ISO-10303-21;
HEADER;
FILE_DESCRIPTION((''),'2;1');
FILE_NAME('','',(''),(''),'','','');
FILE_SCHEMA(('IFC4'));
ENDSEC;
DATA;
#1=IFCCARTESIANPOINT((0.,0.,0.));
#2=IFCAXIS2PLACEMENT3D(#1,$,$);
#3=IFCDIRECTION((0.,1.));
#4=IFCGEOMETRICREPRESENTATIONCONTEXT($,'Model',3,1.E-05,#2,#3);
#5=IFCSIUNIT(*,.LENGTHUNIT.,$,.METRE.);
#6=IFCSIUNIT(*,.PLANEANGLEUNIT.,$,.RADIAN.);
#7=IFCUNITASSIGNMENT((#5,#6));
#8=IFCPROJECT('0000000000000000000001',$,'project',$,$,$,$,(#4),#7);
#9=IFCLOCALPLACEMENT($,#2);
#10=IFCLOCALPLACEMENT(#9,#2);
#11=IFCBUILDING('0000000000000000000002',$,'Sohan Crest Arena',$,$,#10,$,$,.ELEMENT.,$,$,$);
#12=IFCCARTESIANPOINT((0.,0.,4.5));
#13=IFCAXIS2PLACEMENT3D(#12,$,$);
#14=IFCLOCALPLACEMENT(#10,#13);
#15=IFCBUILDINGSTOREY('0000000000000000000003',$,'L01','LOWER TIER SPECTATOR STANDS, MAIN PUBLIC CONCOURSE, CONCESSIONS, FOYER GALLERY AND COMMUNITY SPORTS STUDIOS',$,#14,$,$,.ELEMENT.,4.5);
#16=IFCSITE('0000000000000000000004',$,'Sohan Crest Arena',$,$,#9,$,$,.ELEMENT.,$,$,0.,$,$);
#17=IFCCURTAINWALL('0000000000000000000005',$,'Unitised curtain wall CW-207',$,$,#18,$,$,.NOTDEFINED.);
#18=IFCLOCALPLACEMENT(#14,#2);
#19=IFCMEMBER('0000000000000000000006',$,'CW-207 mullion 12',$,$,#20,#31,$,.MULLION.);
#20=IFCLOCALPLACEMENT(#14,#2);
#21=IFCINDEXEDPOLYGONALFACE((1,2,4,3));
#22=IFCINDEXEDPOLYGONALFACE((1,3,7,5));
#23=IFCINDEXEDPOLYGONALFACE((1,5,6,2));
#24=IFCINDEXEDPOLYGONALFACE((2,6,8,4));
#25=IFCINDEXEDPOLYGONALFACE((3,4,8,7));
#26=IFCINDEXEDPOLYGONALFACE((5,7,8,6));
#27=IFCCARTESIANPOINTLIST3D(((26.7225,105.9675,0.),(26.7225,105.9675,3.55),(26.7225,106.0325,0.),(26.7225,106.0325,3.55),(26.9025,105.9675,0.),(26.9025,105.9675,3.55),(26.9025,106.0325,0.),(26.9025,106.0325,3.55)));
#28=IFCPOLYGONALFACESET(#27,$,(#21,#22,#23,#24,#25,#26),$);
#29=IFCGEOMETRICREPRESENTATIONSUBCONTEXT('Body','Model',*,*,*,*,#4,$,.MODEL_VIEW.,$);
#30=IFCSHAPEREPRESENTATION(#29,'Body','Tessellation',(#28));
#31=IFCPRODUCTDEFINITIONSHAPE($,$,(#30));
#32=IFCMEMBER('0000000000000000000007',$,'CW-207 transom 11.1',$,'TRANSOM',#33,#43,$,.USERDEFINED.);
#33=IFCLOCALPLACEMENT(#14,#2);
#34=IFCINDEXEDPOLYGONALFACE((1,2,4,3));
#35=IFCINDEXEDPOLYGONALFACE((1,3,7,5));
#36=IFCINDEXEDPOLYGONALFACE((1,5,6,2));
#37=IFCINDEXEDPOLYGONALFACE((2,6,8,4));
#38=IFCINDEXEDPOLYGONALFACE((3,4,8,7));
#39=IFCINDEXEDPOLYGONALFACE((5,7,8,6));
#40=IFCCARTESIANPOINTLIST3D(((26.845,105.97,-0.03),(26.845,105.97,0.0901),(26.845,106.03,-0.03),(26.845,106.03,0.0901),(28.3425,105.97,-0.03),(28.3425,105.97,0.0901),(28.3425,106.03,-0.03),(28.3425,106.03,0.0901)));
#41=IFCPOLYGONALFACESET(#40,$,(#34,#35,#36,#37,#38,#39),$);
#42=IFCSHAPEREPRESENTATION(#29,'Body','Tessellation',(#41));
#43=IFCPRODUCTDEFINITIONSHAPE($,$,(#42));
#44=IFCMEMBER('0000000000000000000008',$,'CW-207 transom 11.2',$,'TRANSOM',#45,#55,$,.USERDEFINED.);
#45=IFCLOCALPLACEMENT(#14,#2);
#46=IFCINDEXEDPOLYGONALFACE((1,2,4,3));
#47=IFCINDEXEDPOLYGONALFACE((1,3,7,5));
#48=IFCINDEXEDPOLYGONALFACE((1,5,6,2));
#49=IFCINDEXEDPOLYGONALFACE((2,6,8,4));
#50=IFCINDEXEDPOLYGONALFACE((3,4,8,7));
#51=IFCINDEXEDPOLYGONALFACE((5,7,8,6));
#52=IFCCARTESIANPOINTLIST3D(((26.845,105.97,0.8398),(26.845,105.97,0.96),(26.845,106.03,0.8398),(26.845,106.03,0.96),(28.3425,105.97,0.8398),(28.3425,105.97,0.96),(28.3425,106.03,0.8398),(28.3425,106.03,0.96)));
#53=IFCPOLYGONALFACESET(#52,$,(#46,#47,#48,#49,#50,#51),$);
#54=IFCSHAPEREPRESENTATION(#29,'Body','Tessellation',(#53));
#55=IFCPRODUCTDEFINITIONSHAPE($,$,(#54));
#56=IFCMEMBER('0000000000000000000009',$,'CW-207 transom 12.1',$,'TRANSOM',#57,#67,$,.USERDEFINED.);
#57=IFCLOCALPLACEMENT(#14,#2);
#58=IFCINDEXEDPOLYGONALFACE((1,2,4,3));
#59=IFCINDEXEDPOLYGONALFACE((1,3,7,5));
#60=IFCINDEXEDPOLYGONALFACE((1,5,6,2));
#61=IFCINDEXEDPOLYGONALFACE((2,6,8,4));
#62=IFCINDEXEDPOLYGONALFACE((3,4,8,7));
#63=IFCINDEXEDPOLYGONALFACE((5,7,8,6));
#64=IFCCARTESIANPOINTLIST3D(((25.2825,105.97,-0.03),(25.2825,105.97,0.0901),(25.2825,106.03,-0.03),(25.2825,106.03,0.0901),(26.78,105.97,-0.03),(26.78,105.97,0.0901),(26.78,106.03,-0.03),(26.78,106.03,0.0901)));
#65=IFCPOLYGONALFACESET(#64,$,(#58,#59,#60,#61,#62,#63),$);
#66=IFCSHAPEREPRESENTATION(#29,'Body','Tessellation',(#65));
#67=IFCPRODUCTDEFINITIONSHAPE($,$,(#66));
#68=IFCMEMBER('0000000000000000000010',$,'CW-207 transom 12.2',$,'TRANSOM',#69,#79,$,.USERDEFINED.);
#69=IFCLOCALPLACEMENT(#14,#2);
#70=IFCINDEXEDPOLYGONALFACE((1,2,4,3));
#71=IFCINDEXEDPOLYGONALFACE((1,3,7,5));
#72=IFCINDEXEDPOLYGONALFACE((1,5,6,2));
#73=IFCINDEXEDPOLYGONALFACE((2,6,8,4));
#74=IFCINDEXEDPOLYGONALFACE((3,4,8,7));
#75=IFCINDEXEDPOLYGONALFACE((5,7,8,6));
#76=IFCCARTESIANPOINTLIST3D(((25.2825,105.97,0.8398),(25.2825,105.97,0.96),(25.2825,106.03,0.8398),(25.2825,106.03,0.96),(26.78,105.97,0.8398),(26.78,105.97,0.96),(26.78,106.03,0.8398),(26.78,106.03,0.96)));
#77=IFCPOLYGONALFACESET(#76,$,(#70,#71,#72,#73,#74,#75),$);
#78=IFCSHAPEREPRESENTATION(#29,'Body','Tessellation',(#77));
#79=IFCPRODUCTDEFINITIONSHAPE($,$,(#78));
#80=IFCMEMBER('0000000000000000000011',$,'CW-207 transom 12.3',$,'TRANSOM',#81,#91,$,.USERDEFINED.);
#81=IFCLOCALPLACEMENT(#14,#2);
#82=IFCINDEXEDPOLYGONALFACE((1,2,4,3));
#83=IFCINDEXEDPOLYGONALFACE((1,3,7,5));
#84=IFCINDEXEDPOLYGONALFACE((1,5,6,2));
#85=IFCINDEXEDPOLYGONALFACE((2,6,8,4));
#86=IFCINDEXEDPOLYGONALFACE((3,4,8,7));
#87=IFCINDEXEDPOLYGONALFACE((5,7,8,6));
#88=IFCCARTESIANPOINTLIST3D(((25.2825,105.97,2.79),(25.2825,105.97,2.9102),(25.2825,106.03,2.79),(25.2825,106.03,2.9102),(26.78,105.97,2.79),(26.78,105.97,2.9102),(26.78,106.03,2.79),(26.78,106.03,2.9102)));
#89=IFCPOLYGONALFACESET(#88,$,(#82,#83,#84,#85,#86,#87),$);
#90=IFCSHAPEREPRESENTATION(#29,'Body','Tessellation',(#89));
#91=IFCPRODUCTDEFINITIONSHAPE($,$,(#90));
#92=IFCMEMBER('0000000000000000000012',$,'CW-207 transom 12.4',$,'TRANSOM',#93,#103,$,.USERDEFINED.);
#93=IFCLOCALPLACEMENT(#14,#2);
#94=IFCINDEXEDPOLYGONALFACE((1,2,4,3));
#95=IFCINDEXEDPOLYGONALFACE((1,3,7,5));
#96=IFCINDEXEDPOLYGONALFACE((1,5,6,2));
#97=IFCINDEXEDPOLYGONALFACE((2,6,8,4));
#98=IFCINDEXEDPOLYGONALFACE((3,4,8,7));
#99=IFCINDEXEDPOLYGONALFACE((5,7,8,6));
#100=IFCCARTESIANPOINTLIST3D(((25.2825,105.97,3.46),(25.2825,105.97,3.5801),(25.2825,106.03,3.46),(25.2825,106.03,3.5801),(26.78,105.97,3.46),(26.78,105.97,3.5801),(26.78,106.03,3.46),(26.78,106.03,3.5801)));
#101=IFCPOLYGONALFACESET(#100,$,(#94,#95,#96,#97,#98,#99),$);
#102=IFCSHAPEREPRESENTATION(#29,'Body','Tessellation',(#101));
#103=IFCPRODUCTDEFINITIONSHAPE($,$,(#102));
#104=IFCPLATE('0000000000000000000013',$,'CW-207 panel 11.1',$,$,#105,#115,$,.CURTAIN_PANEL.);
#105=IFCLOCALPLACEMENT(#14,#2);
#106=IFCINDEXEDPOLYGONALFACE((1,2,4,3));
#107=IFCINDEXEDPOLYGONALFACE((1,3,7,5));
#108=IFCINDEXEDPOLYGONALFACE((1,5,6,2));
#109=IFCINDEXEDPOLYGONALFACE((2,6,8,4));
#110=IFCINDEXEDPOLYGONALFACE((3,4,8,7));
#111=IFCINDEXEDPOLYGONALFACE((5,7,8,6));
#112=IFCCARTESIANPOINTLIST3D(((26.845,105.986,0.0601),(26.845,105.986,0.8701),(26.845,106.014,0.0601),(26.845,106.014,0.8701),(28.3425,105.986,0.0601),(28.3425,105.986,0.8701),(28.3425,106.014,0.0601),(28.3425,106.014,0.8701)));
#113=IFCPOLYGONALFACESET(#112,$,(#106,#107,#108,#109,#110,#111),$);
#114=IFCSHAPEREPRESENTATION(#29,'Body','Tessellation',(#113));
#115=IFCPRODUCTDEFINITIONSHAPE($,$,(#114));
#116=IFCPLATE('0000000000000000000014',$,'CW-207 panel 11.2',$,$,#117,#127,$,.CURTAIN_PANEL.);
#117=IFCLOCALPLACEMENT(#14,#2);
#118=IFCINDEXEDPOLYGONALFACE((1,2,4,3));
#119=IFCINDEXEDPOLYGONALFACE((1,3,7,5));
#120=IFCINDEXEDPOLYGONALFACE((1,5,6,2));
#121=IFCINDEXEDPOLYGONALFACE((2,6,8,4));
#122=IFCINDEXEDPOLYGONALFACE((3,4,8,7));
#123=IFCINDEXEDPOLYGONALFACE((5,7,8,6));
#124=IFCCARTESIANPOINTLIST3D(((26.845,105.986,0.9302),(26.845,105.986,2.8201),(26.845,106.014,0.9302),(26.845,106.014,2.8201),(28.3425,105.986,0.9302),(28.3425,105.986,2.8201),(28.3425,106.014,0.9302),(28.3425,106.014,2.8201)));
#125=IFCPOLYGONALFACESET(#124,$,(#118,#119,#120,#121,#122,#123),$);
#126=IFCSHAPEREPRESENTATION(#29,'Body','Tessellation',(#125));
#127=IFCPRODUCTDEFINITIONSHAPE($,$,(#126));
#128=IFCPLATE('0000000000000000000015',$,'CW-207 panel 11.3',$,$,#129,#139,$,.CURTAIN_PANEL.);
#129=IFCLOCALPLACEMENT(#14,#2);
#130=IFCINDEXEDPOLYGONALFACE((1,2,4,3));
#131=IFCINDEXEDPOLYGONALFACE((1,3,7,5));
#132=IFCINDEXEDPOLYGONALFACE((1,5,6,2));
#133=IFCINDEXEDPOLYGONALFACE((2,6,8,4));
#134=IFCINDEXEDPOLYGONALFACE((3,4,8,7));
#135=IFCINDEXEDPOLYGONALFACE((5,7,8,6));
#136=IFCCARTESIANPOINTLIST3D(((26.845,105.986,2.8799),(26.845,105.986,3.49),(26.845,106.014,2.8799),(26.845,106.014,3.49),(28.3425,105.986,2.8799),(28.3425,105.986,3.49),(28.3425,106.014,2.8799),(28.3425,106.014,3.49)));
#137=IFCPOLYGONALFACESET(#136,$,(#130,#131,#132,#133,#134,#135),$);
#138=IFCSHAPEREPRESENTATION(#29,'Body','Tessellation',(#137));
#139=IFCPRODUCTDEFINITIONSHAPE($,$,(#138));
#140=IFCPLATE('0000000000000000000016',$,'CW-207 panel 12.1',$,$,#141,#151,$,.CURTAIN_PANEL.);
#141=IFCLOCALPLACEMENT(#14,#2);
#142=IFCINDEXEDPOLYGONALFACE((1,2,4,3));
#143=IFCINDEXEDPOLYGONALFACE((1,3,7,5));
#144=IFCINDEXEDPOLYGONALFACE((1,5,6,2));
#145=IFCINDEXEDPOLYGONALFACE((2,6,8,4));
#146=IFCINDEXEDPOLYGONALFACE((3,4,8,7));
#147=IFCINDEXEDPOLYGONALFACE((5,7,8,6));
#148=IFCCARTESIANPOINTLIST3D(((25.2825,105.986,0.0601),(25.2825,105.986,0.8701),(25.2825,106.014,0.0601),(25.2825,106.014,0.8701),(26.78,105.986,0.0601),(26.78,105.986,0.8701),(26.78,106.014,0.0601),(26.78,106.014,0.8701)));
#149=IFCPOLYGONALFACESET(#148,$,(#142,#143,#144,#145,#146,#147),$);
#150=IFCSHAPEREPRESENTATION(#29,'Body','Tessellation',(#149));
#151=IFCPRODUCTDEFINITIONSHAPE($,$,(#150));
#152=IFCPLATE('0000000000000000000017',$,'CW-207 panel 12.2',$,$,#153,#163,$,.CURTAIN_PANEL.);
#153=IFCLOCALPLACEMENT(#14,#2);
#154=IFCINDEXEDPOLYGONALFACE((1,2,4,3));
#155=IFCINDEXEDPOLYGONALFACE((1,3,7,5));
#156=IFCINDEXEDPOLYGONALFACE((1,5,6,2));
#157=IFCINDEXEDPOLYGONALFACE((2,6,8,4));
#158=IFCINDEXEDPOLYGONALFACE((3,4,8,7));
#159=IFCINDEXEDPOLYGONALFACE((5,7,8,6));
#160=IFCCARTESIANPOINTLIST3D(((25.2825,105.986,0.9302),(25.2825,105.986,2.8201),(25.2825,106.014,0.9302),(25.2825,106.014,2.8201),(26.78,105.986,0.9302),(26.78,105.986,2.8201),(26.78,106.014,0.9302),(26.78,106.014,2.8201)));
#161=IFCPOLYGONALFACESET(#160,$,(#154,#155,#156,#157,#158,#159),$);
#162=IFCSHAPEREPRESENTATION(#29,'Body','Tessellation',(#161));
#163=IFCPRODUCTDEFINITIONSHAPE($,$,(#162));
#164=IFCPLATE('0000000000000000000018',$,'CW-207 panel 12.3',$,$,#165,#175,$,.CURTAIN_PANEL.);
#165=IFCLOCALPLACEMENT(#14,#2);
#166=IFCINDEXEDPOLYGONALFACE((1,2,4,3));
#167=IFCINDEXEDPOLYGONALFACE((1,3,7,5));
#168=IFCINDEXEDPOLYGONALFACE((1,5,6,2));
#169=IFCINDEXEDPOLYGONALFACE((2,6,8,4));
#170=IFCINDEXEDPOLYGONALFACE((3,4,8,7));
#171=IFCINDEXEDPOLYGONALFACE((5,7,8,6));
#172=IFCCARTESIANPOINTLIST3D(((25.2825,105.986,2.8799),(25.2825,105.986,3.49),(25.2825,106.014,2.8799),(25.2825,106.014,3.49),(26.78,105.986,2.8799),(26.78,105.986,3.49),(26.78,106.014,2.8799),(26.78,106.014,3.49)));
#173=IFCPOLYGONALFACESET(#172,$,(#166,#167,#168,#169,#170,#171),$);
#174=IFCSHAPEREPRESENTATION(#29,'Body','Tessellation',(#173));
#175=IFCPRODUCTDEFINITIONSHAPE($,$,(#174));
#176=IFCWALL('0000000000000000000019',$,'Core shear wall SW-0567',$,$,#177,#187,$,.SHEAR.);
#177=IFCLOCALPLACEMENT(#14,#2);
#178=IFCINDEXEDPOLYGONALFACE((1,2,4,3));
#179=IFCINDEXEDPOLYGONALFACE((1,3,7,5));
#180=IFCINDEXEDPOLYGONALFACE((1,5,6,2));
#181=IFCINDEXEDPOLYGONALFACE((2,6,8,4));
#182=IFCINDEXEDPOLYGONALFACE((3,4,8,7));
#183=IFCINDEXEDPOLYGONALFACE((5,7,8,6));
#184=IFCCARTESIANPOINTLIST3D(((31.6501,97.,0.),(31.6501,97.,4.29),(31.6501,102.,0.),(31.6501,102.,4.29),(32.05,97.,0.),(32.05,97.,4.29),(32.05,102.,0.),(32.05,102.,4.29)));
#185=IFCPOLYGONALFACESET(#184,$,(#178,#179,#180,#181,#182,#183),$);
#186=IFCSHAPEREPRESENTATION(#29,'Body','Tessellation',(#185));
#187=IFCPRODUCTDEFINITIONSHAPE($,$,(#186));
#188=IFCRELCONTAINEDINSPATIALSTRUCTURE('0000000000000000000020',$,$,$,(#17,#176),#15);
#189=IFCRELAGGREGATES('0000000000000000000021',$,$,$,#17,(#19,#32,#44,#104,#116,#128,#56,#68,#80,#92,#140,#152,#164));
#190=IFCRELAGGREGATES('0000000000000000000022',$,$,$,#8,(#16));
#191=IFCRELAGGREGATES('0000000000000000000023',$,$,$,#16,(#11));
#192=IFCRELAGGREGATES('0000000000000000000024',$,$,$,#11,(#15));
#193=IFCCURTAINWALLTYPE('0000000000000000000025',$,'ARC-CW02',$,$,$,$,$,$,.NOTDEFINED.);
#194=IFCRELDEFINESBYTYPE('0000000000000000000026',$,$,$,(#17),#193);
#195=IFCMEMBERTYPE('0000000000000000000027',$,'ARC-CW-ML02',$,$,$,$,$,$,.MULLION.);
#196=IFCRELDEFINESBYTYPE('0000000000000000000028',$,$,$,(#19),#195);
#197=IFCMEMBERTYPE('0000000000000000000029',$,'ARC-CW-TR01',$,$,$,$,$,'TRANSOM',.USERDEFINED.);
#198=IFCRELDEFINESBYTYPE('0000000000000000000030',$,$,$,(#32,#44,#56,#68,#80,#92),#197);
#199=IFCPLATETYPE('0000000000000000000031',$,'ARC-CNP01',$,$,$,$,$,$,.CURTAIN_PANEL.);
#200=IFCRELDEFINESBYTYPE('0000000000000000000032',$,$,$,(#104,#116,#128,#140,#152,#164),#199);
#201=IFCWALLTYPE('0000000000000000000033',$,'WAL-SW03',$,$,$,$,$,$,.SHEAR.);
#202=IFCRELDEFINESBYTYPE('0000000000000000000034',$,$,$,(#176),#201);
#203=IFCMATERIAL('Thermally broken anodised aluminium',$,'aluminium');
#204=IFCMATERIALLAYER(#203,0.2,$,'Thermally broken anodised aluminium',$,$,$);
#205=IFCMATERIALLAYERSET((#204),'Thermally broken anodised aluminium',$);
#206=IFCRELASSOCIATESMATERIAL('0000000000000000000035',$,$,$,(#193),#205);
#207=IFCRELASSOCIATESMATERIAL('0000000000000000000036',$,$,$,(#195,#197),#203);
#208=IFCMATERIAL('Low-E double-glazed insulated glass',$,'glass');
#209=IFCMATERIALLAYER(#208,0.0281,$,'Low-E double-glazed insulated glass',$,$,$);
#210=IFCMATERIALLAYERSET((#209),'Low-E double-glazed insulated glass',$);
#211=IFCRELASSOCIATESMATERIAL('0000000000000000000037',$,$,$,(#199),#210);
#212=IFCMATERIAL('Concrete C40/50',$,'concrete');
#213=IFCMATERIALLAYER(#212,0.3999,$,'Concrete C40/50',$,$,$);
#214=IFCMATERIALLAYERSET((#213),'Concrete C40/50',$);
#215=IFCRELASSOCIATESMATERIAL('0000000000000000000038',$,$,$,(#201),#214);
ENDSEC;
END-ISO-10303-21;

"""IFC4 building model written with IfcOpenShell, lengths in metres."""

from ifc_helpers import new_model, si_unit, direction, frame, frame_2d, origin, origin_2d, place, context, subcontext, project, spatial, rectangle, extrude, material, layer, layer_set, material_profile, profile_set, type_object, element, aggregate, save


model = new_model("IFC4")

# Units and contexts
model_context = context("Model", 3, precision=1e-05, world=origin(), true_north=direction((0.0, 1.0)))
body_context = subcontext(model_context, "Body", "Model", "MODEL_VIEW")
ifc_project = project(units=[si_unit("LENGTHUNIT", "METRE"), si_unit("PLANEANGLEUNIT", "RADIAN")], contexts=[model_context])

# Site, building, storey
site_placement = place(None, origin())
site = spatial("IfcSite", under=ifc_project, at=site_placement, Name="Sohan Crest Arena", CompositionType="ELEMENT", RefElevation=0.0)
building_placement = place(site_placement, origin())
building = spatial("IfcBuilding", under=site, at=building_placement, Name="Sohan Crest Arena", CompositionType="ELEMENT")
storey_placement = place(building_placement, frame((0.0, 0.0, 4.5)))
storey = spatial("IfcBuildingStorey", under=building, at=storey_placement, Name="L01", Description="LOWER TIER SPECTATOR STANDS, MAIN PUBLIC CONCOURSE, CONCESSIONS, FOYER GALLERY AND COMMUNITY SPORTS STUDIOS", CompositionType="ELEMENT", Elevation=4.5)

# Curtain wall, members, plates
ifc_material_1 = material(Name="Thermally broken anodised aluminium", Category="aluminium")
ifc_layer_1 = layer(ifc_material_1, 0.2, Name="Thermally broken anodised aluminium")
ifc_layer_set_1 = layer_set([ifc_layer_1], Name="Thermally broken anodised aluminium")
curtain_wall_type = type_object("IfcCurtainWallType", Name="ARC-CW02", PredefinedType="NOTDEFINED", material=ifc_layer_set_1)
curtain_wall_placement = place(storey_placement, origin())
curtain_wall = element("IfcCurtainWall", 1, at=curtain_wall_placement, inside=storey, type_object=curtain_wall_type, Name="Unitised curtain wall CW-207", PredefinedType="NOTDEFINED")
ifc_material_profile_1 = material_profile(ifc_material_1, rectangle(XDim=0.0649, YDim=0.1799, at=origin_2d()), Name="ALU-MULL 65x180")
ifc_profile_set_1 = profile_set([ifc_material_profile_1], Name="Thermally broken anodised aluminium")
member_type_1 = type_object("IfcMemberType", Name="ARC-CW-ML02", PredefinedType="MULLION", material=ifc_profile_set_1)
member_1_placement = place(storey_placement, frame((26.8125, 106.0, 0.0), z_axis=(0.0, 0.0, 1.0), x_axis=(0.0, -1.0, 0.0)))
member_1 = element("IfcMember", 2, at=member_1_placement, type_object=member_type_1, Name="CW-207 mullion 12", PredefinedType="MULLION", context=body_context, shape_type="SweptSolid", body=[
    extrude(rectangle(XDim=0.0649, YDim=0.1799, at=origin_2d()), origin(), (0.0, 0.0, 1.0), 3.55),
])
ifc_material_profile_2 = material_profile(ifc_material_1, rectangle(XDim=0.0601, YDim=0.1201, at=origin_2d()), Name="ALU-TRAN 60x120")
ifc_profile_set_2 = profile_set([ifc_material_profile_2], Name="Thermally broken anodised aluminium")
member_type_2 = type_object("IfcMemberType", Name="ARC-CW-TR01", ElementType="TRANSOM", PredefinedType="USERDEFINED", material=ifc_profile_set_2)
member_2_placement = place(storey_placement, frame((28.3425, 106.0, 0.03), z_axis=(-1.0, 0.0, 0.0), x_axis=(0.0, -1.0, 0.0)))
member_2 = element("IfcMember", 3, at=member_2_placement, type_object=member_type_2, Name="CW-207 transom 11.1", ObjectType="TRANSOM", PredefinedType="USERDEFINED", context=body_context, shape_type="SweptSolid", body=[
    extrude(rectangle(XDim=0.0601, YDim=0.1201, at=origin_2d()), origin(), (0.0, 0.0, 1.0), 1.4976),
])
member_3_placement = place(storey_placement, frame((28.3425, 106.0, 0.8999), z_axis=(-1.0, 0.0, 0.0), x_axis=(0.0, -1.0, 0.0)))
member_3 = element("IfcMember", 4, at=member_3_placement, type_object=member_type_2, Name="CW-207 transom 11.2", ObjectType="TRANSOM", PredefinedType="USERDEFINED", context=body_context, shape_type="SweptSolid", body=[
    extrude(rectangle(XDim=0.0601, YDim=0.1201, at=origin_2d()), origin(), (0.0, 0.0, 1.0), 1.4976),
])
member_4_placement = place(storey_placement, frame((26.78, 106.0, 0.03), z_axis=(-1.0, 0.0, 0.0), x_axis=(0.0, -1.0, 0.0)))
member_4 = element("IfcMember", 5, at=member_4_placement, type_object=member_type_2, Name="CW-207 transom 12.1", ObjectType="TRANSOM", PredefinedType="USERDEFINED", context=body_context, shape_type="SweptSolid", body=[
    extrude(rectangle(XDim=0.0601, YDim=0.1201, at=origin_2d()), origin(), (0.0, 0.0, 1.0), 1.4976),
])
member_5_placement = place(storey_placement, frame((26.78, 106.0, 0.8999), z_axis=(-1.0, 0.0, 0.0), x_axis=(0.0, -1.0, 0.0)))
member_5 = element("IfcMember", 6, at=member_5_placement, type_object=member_type_2, Name="CW-207 transom 12.2", ObjectType="TRANSOM", PredefinedType="USERDEFINED", context=body_context, shape_type="SweptSolid", body=[
    extrude(rectangle(XDim=0.0601, YDim=0.1201, at=origin_2d()), origin(), (0.0, 0.0, 1.0), 1.4976),
])
member_6_placement = place(storey_placement, frame((26.78, 106.0, 2.8501), z_axis=(-1.0, 0.0, 0.0), x_axis=(0.0, -1.0, 0.0)))
member_6 = element("IfcMember", 7, at=member_6_placement, type_object=member_type_2, Name="CW-207 transom 12.3", ObjectType="TRANSOM", PredefinedType="USERDEFINED", context=body_context, shape_type="SweptSolid", body=[
    extrude(rectangle(XDim=0.0601, YDim=0.1201, at=origin_2d()), origin(), (0.0, 0.0, 1.0), 1.4976),
])
member_7_placement = place(storey_placement, frame((26.78, 106.0, 3.52), z_axis=(-1.0, 0.0, 0.0), x_axis=(0.0, -1.0, 0.0)))
member_7 = element("IfcMember", 8, at=member_7_placement, type_object=member_type_2, Name="CW-207 transom 12.4", ObjectType="TRANSOM", PredefinedType="USERDEFINED", context=body_context, shape_type="SweptSolid", body=[
    extrude(rectangle(XDim=0.0601, YDim=0.1201, at=origin_2d()), origin(), (0.0, 0.0, 1.0), 1.4976),
])
ifc_material_2 = material(Name="Low-E double-glazed insulated glass", Category="glass")
ifc_layer_2 = layer(ifc_material_2, 0.0281, Name="Low-E double-glazed insulated glass")
ifc_layer_set_2 = layer_set([ifc_layer_2], Name="Low-E double-glazed insulated glass")
plate_type = type_object("IfcPlateType", Name="ARC-CNP01", PredefinedType="CURTAIN_PANEL", material=ifc_layer_set_2)
plate_1_placement = place(storey_placement, frame((27.5938, 106.0, 0.0601), z_axis=(0.0, 0.0, 1.0), x_axis=(-1.0, 0.0, 0.0)))
plate_1 = element("IfcPlate", 9, at=plate_1_placement, type_object=plate_type, Name="CW-207 panel 11.1", PredefinedType="CURTAIN_PANEL", context=body_context, shape_type="SweptSolid", body=[
    extrude(rectangle(XDim=1.4976, YDim=0.0281, at=origin_2d()), origin(), (0.0, 0.0, 1.0), 0.8101),
])
plate_2_placement = place(storey_placement, frame((27.5938, 106.0, 0.9302), z_axis=(0.0, 0.0, 1.0), x_axis=(-1.0, 0.0, 0.0)))
plate_2 = element("IfcPlate", 10, at=plate_2_placement, type_object=plate_type, Name="CW-207 panel 11.2", PredefinedType="CURTAIN_PANEL", context=body_context, shape_type="SweptSolid", body=[
    extrude(rectangle(XDim=1.4976, YDim=0.0281, at=origin_2d()), origin(), (0.0, 0.0, 1.0), 1.8899),
])
plate_3_placement = place(storey_placement, frame((27.5938, 106.0, 2.8799), z_axis=(0.0, 0.0, 1.0), x_axis=(-1.0, 0.0, 0.0)))
plate_3 = element("IfcPlate", 11, at=plate_3_placement, type_object=plate_type, Name="CW-207 panel 11.3", PredefinedType="CURTAIN_PANEL", context=body_context, shape_type="SweptSolid", body=[
    extrude(rectangle(XDim=1.4976, YDim=0.0281, at=origin_2d()), origin(), (0.0, 0.0, 1.0), 0.6101),
])
plate_4_placement = place(storey_placement, frame((26.0312, 106.0, 0.0601), z_axis=(0.0, 0.0, 1.0), x_axis=(-1.0, 0.0, 0.0)))
plate_4 = element("IfcPlate", 12, at=plate_4_placement, type_object=plate_type, Name="CW-207 panel 12.1", PredefinedType="CURTAIN_PANEL", context=body_context, shape_type="SweptSolid", body=[
    extrude(rectangle(XDim=1.4976, YDim=0.0281, at=origin_2d()), origin(), (0.0, 0.0, 1.0), 0.8101),
])
plate_5_placement = place(storey_placement, frame((26.0312, 106.0, 0.9302), z_axis=(0.0, 0.0, 1.0), x_axis=(-1.0, 0.0, 0.0)))
plate_5 = element("IfcPlate", 13, at=plate_5_placement, type_object=plate_type, Name="CW-207 panel 12.2", PredefinedType="CURTAIN_PANEL", context=body_context, shape_type="SweptSolid", body=[
    extrude(rectangle(XDim=1.4976, YDim=0.0281, at=origin_2d()), origin(), (0.0, 0.0, 1.0), 1.8899),
])
plate_6_placement = place(storey_placement, frame((26.0312, 106.0, 2.8799), z_axis=(0.0, 0.0, 1.0), x_axis=(-1.0, 0.0, 0.0)))
plate_6 = element("IfcPlate", 14, at=plate_6_placement, type_object=plate_type, Name="CW-207 panel 12.3", PredefinedType="CURTAIN_PANEL", context=body_context, shape_type="SweptSolid", body=[
    extrude(rectangle(XDim=1.4976, YDim=0.0281, at=origin_2d()), origin(), (0.0, 0.0, 1.0), 0.6101),
])
aggregate(curtain_wall, [member_1, member_2, member_3, plate_1, plate_2, plate_3, member_4, member_5, member_6, member_7, plate_4, plate_5, plate_6])

# Wall
ifc_material_3 = material(Name="Concrete C40/50", Category="concrete")
ifc_layer_3 = layer(ifc_material_3, 0.3999, Name="Concrete C40/50")
ifc_layer_set_3 = layer_set([ifc_layer_3], Name="Concrete C40/50")
wall_type = type_object("IfcWallType", Name="WAL-SW03", PredefinedType="SHEAR", material=ifc_layer_set_3)
wall_1_placement = place(storey_placement, frame((31.8501, 97.0, 0.0), z_axis=(0.0, 0.0, 1.0), x_axis=(0.0, 1.0, 0.0)))
element("IfcWall", 15, at=wall_1_placement, inside=storey, type_object=wall_type, Name="Core shear wall SW-0567", PredefinedType="SHEAR", context=body_context, shape_type="SweptSolid", body=[
    extrude(rectangle(XDim=5.0, YDim=0.3999, at=frame_2d((2.5, 0.0))), origin(), (0.0, 0.0, 1.0), 4.29),
])

save(model, "model.ifc")
